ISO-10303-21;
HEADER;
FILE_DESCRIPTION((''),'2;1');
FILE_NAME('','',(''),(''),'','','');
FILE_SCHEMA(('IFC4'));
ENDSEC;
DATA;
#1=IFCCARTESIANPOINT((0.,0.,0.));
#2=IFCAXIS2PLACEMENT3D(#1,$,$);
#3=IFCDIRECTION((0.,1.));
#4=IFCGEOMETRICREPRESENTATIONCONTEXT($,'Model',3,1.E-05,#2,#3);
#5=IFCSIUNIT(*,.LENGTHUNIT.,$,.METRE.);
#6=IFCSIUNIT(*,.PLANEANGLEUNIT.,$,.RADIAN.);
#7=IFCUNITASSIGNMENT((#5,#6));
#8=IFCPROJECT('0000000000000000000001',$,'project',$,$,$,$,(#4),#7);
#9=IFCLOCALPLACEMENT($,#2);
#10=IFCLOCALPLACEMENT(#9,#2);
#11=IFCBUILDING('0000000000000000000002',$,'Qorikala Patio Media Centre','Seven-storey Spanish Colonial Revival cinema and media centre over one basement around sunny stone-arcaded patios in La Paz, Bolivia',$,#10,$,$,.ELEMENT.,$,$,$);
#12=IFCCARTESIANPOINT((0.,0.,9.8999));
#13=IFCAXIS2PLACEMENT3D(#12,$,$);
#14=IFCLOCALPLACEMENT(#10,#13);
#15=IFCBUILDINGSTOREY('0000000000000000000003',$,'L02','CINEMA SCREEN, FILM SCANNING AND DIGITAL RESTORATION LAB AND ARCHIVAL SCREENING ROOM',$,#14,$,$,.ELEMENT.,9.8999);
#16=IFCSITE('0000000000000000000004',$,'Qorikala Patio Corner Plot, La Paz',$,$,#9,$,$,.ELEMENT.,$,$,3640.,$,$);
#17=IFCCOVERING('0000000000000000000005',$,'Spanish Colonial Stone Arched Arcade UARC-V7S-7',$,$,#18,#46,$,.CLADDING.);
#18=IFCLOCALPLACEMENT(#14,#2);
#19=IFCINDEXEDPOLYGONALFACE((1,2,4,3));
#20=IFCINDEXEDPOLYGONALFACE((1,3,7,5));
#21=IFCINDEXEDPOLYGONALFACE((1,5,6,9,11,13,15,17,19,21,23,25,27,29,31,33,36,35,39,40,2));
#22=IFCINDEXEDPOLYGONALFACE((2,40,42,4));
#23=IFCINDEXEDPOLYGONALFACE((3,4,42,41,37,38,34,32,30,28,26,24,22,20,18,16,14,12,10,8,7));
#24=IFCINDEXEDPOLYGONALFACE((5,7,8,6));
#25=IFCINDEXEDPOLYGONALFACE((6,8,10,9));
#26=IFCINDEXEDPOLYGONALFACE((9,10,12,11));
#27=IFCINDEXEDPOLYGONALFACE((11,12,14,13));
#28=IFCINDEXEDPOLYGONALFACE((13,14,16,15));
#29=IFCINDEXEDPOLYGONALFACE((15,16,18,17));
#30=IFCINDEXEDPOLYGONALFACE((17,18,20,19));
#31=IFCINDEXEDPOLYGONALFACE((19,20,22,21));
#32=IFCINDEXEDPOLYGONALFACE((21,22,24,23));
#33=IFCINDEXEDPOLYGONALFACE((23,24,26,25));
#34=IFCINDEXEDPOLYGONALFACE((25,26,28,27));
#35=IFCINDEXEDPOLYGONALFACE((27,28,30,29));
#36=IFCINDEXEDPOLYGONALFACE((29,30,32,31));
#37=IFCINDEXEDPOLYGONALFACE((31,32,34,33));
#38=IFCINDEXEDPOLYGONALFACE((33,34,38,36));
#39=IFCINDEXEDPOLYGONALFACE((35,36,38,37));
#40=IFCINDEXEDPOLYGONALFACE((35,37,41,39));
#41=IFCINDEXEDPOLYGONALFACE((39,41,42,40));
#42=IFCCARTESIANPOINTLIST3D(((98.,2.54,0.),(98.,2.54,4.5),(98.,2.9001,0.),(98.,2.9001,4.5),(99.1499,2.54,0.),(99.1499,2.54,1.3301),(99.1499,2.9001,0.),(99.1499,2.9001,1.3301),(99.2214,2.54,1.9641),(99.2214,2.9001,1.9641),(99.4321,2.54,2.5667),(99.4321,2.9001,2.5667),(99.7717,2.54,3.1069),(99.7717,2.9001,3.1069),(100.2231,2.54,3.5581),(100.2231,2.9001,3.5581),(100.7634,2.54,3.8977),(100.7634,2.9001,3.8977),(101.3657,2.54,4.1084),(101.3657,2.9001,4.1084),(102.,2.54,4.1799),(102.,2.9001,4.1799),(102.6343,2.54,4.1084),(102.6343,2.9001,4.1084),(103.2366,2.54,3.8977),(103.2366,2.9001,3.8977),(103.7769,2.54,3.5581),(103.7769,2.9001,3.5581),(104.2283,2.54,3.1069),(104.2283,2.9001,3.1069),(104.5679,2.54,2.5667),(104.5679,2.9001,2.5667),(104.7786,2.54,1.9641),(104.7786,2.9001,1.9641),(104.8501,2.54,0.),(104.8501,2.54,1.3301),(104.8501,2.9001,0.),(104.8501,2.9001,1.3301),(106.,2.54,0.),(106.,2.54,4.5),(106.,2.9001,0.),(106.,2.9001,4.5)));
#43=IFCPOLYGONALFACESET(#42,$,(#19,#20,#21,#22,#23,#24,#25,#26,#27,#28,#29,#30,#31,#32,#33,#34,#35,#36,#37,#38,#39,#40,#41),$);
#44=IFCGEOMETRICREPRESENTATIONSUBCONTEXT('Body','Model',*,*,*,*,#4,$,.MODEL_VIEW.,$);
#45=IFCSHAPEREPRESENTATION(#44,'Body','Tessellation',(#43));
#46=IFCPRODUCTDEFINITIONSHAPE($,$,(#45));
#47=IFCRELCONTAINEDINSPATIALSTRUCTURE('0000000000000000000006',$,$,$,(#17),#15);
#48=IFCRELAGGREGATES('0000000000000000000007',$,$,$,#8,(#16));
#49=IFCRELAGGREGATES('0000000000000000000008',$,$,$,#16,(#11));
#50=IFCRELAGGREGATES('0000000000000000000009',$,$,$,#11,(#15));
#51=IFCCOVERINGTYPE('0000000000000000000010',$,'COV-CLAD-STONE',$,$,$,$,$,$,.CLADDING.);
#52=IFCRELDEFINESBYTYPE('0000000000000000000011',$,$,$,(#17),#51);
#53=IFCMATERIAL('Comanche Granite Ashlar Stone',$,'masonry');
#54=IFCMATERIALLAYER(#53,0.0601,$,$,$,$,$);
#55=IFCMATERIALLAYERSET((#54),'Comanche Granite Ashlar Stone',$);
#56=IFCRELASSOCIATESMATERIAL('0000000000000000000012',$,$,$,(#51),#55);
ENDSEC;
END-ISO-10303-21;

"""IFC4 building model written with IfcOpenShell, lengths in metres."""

from ifc_helpers import new_model, si_unit, direction, frame, origin, place, context, subcontext, project, spatial, polyline, outline, extrude, material, layer, layer_set, type_object, element, save


model = new_model("IFC4")

# Units and contexts
model_context = context("Model", 3, precision=1e-05, world=origin(), true_north=direction((0.0, 1.0)))
body_context = subcontext(model_context, "Body", "Model", "MODEL_VIEW")
ifc_project = project(units=[si_unit("LENGTHUNIT", "METRE"), si_unit("PLANEANGLEUNIT", "RADIAN")], contexts=[model_context])

# Site, building, storey
site_placement = place(None, origin())
site = spatial("IfcSite", under=ifc_project, at=site_placement, Name="Qorikala Patio Corner Plot, La Paz", CompositionType="ELEMENT", RefElevation=3640.0)
building_placement = place(site_placement, origin())
building = spatial("IfcBuilding", under=site, at=building_placement, Name="Qorikala Patio Media Centre", Description="Seven-storey Spanish Colonial Revival cinema and media centre over one basement around sunny stone-arcaded patios in La Paz, Bolivia", CompositionType="ELEMENT")
storey_placement = place(building_placement, frame((0.0, 0.0, 9.8999)))
storey = spatial("IfcBuildingStorey", under=building, at=storey_placement, Name="L02", Description="CINEMA SCREEN, FILM SCANNING AND DIGITAL RESTORATION LAB AND ARCHIVAL SCREENING ROOM", CompositionType="ELEMENT", Elevation=9.8999)

# Covering
ifc_material_1 = material(Name="Comanche Granite Ashlar Stone", Category="masonry")
ifc_layer_1 = layer(ifc_material_1, 0.0601)
ifc_layer_set_1 = layer_set([ifc_layer_1], Name="Comanche Granite Ashlar Stone")
covering_type = type_object("IfcCoveringType", Name="COV-CLAD-STONE", PredefinedType="CLADDING", material=ifc_layer_set_1)
covering_placement = place(storey_placement, frame((98.0, 2.72, 0.0), z_axis=(0.0, 0.0, 1.0), x_axis=(1.0, 0.0, 0.0)))
element("IfcCovering", 1, at=covering_placement, inside=storey, type_object=covering_type, Name="Spanish Colonial Stone Arched Arcade UARC-V7S-7", PredefinedType="CLADDING", context=body_context, shape_type="SweptSolid", body=[
    extrude(outline(polyline([(0.0, 0.0), (1.1499, 0.0), (1.1499, 1.3301), (1.2214, 1.9641), (1.4321, 2.5667), (1.7717, 3.1069), (2.2231, 3.5581), (2.7634, 3.8977), (3.3657, 4.1084), (4.0, 4.1799), (4.6343, 4.1084), (5.2366, 3.8977), (5.7769, 3.5581), (6.2283, 3.1069), (6.5679, 2.5667), (6.7786, 1.9641), (6.8501, 1.3301), (6.8501, 0.0), (8.0, 0.0), (8.0, 4.5), (0.0, 4.5), (0.0, 0.0)])), frame((0.0, 0.1802, 0.0), z_axis=(0.0, -1.0, 0.0), x_axis=(1.0, 0.0, 0.0)), (0.0, 0.0, 1.0), 0.3601),
])

save(model, "model.ifc")
